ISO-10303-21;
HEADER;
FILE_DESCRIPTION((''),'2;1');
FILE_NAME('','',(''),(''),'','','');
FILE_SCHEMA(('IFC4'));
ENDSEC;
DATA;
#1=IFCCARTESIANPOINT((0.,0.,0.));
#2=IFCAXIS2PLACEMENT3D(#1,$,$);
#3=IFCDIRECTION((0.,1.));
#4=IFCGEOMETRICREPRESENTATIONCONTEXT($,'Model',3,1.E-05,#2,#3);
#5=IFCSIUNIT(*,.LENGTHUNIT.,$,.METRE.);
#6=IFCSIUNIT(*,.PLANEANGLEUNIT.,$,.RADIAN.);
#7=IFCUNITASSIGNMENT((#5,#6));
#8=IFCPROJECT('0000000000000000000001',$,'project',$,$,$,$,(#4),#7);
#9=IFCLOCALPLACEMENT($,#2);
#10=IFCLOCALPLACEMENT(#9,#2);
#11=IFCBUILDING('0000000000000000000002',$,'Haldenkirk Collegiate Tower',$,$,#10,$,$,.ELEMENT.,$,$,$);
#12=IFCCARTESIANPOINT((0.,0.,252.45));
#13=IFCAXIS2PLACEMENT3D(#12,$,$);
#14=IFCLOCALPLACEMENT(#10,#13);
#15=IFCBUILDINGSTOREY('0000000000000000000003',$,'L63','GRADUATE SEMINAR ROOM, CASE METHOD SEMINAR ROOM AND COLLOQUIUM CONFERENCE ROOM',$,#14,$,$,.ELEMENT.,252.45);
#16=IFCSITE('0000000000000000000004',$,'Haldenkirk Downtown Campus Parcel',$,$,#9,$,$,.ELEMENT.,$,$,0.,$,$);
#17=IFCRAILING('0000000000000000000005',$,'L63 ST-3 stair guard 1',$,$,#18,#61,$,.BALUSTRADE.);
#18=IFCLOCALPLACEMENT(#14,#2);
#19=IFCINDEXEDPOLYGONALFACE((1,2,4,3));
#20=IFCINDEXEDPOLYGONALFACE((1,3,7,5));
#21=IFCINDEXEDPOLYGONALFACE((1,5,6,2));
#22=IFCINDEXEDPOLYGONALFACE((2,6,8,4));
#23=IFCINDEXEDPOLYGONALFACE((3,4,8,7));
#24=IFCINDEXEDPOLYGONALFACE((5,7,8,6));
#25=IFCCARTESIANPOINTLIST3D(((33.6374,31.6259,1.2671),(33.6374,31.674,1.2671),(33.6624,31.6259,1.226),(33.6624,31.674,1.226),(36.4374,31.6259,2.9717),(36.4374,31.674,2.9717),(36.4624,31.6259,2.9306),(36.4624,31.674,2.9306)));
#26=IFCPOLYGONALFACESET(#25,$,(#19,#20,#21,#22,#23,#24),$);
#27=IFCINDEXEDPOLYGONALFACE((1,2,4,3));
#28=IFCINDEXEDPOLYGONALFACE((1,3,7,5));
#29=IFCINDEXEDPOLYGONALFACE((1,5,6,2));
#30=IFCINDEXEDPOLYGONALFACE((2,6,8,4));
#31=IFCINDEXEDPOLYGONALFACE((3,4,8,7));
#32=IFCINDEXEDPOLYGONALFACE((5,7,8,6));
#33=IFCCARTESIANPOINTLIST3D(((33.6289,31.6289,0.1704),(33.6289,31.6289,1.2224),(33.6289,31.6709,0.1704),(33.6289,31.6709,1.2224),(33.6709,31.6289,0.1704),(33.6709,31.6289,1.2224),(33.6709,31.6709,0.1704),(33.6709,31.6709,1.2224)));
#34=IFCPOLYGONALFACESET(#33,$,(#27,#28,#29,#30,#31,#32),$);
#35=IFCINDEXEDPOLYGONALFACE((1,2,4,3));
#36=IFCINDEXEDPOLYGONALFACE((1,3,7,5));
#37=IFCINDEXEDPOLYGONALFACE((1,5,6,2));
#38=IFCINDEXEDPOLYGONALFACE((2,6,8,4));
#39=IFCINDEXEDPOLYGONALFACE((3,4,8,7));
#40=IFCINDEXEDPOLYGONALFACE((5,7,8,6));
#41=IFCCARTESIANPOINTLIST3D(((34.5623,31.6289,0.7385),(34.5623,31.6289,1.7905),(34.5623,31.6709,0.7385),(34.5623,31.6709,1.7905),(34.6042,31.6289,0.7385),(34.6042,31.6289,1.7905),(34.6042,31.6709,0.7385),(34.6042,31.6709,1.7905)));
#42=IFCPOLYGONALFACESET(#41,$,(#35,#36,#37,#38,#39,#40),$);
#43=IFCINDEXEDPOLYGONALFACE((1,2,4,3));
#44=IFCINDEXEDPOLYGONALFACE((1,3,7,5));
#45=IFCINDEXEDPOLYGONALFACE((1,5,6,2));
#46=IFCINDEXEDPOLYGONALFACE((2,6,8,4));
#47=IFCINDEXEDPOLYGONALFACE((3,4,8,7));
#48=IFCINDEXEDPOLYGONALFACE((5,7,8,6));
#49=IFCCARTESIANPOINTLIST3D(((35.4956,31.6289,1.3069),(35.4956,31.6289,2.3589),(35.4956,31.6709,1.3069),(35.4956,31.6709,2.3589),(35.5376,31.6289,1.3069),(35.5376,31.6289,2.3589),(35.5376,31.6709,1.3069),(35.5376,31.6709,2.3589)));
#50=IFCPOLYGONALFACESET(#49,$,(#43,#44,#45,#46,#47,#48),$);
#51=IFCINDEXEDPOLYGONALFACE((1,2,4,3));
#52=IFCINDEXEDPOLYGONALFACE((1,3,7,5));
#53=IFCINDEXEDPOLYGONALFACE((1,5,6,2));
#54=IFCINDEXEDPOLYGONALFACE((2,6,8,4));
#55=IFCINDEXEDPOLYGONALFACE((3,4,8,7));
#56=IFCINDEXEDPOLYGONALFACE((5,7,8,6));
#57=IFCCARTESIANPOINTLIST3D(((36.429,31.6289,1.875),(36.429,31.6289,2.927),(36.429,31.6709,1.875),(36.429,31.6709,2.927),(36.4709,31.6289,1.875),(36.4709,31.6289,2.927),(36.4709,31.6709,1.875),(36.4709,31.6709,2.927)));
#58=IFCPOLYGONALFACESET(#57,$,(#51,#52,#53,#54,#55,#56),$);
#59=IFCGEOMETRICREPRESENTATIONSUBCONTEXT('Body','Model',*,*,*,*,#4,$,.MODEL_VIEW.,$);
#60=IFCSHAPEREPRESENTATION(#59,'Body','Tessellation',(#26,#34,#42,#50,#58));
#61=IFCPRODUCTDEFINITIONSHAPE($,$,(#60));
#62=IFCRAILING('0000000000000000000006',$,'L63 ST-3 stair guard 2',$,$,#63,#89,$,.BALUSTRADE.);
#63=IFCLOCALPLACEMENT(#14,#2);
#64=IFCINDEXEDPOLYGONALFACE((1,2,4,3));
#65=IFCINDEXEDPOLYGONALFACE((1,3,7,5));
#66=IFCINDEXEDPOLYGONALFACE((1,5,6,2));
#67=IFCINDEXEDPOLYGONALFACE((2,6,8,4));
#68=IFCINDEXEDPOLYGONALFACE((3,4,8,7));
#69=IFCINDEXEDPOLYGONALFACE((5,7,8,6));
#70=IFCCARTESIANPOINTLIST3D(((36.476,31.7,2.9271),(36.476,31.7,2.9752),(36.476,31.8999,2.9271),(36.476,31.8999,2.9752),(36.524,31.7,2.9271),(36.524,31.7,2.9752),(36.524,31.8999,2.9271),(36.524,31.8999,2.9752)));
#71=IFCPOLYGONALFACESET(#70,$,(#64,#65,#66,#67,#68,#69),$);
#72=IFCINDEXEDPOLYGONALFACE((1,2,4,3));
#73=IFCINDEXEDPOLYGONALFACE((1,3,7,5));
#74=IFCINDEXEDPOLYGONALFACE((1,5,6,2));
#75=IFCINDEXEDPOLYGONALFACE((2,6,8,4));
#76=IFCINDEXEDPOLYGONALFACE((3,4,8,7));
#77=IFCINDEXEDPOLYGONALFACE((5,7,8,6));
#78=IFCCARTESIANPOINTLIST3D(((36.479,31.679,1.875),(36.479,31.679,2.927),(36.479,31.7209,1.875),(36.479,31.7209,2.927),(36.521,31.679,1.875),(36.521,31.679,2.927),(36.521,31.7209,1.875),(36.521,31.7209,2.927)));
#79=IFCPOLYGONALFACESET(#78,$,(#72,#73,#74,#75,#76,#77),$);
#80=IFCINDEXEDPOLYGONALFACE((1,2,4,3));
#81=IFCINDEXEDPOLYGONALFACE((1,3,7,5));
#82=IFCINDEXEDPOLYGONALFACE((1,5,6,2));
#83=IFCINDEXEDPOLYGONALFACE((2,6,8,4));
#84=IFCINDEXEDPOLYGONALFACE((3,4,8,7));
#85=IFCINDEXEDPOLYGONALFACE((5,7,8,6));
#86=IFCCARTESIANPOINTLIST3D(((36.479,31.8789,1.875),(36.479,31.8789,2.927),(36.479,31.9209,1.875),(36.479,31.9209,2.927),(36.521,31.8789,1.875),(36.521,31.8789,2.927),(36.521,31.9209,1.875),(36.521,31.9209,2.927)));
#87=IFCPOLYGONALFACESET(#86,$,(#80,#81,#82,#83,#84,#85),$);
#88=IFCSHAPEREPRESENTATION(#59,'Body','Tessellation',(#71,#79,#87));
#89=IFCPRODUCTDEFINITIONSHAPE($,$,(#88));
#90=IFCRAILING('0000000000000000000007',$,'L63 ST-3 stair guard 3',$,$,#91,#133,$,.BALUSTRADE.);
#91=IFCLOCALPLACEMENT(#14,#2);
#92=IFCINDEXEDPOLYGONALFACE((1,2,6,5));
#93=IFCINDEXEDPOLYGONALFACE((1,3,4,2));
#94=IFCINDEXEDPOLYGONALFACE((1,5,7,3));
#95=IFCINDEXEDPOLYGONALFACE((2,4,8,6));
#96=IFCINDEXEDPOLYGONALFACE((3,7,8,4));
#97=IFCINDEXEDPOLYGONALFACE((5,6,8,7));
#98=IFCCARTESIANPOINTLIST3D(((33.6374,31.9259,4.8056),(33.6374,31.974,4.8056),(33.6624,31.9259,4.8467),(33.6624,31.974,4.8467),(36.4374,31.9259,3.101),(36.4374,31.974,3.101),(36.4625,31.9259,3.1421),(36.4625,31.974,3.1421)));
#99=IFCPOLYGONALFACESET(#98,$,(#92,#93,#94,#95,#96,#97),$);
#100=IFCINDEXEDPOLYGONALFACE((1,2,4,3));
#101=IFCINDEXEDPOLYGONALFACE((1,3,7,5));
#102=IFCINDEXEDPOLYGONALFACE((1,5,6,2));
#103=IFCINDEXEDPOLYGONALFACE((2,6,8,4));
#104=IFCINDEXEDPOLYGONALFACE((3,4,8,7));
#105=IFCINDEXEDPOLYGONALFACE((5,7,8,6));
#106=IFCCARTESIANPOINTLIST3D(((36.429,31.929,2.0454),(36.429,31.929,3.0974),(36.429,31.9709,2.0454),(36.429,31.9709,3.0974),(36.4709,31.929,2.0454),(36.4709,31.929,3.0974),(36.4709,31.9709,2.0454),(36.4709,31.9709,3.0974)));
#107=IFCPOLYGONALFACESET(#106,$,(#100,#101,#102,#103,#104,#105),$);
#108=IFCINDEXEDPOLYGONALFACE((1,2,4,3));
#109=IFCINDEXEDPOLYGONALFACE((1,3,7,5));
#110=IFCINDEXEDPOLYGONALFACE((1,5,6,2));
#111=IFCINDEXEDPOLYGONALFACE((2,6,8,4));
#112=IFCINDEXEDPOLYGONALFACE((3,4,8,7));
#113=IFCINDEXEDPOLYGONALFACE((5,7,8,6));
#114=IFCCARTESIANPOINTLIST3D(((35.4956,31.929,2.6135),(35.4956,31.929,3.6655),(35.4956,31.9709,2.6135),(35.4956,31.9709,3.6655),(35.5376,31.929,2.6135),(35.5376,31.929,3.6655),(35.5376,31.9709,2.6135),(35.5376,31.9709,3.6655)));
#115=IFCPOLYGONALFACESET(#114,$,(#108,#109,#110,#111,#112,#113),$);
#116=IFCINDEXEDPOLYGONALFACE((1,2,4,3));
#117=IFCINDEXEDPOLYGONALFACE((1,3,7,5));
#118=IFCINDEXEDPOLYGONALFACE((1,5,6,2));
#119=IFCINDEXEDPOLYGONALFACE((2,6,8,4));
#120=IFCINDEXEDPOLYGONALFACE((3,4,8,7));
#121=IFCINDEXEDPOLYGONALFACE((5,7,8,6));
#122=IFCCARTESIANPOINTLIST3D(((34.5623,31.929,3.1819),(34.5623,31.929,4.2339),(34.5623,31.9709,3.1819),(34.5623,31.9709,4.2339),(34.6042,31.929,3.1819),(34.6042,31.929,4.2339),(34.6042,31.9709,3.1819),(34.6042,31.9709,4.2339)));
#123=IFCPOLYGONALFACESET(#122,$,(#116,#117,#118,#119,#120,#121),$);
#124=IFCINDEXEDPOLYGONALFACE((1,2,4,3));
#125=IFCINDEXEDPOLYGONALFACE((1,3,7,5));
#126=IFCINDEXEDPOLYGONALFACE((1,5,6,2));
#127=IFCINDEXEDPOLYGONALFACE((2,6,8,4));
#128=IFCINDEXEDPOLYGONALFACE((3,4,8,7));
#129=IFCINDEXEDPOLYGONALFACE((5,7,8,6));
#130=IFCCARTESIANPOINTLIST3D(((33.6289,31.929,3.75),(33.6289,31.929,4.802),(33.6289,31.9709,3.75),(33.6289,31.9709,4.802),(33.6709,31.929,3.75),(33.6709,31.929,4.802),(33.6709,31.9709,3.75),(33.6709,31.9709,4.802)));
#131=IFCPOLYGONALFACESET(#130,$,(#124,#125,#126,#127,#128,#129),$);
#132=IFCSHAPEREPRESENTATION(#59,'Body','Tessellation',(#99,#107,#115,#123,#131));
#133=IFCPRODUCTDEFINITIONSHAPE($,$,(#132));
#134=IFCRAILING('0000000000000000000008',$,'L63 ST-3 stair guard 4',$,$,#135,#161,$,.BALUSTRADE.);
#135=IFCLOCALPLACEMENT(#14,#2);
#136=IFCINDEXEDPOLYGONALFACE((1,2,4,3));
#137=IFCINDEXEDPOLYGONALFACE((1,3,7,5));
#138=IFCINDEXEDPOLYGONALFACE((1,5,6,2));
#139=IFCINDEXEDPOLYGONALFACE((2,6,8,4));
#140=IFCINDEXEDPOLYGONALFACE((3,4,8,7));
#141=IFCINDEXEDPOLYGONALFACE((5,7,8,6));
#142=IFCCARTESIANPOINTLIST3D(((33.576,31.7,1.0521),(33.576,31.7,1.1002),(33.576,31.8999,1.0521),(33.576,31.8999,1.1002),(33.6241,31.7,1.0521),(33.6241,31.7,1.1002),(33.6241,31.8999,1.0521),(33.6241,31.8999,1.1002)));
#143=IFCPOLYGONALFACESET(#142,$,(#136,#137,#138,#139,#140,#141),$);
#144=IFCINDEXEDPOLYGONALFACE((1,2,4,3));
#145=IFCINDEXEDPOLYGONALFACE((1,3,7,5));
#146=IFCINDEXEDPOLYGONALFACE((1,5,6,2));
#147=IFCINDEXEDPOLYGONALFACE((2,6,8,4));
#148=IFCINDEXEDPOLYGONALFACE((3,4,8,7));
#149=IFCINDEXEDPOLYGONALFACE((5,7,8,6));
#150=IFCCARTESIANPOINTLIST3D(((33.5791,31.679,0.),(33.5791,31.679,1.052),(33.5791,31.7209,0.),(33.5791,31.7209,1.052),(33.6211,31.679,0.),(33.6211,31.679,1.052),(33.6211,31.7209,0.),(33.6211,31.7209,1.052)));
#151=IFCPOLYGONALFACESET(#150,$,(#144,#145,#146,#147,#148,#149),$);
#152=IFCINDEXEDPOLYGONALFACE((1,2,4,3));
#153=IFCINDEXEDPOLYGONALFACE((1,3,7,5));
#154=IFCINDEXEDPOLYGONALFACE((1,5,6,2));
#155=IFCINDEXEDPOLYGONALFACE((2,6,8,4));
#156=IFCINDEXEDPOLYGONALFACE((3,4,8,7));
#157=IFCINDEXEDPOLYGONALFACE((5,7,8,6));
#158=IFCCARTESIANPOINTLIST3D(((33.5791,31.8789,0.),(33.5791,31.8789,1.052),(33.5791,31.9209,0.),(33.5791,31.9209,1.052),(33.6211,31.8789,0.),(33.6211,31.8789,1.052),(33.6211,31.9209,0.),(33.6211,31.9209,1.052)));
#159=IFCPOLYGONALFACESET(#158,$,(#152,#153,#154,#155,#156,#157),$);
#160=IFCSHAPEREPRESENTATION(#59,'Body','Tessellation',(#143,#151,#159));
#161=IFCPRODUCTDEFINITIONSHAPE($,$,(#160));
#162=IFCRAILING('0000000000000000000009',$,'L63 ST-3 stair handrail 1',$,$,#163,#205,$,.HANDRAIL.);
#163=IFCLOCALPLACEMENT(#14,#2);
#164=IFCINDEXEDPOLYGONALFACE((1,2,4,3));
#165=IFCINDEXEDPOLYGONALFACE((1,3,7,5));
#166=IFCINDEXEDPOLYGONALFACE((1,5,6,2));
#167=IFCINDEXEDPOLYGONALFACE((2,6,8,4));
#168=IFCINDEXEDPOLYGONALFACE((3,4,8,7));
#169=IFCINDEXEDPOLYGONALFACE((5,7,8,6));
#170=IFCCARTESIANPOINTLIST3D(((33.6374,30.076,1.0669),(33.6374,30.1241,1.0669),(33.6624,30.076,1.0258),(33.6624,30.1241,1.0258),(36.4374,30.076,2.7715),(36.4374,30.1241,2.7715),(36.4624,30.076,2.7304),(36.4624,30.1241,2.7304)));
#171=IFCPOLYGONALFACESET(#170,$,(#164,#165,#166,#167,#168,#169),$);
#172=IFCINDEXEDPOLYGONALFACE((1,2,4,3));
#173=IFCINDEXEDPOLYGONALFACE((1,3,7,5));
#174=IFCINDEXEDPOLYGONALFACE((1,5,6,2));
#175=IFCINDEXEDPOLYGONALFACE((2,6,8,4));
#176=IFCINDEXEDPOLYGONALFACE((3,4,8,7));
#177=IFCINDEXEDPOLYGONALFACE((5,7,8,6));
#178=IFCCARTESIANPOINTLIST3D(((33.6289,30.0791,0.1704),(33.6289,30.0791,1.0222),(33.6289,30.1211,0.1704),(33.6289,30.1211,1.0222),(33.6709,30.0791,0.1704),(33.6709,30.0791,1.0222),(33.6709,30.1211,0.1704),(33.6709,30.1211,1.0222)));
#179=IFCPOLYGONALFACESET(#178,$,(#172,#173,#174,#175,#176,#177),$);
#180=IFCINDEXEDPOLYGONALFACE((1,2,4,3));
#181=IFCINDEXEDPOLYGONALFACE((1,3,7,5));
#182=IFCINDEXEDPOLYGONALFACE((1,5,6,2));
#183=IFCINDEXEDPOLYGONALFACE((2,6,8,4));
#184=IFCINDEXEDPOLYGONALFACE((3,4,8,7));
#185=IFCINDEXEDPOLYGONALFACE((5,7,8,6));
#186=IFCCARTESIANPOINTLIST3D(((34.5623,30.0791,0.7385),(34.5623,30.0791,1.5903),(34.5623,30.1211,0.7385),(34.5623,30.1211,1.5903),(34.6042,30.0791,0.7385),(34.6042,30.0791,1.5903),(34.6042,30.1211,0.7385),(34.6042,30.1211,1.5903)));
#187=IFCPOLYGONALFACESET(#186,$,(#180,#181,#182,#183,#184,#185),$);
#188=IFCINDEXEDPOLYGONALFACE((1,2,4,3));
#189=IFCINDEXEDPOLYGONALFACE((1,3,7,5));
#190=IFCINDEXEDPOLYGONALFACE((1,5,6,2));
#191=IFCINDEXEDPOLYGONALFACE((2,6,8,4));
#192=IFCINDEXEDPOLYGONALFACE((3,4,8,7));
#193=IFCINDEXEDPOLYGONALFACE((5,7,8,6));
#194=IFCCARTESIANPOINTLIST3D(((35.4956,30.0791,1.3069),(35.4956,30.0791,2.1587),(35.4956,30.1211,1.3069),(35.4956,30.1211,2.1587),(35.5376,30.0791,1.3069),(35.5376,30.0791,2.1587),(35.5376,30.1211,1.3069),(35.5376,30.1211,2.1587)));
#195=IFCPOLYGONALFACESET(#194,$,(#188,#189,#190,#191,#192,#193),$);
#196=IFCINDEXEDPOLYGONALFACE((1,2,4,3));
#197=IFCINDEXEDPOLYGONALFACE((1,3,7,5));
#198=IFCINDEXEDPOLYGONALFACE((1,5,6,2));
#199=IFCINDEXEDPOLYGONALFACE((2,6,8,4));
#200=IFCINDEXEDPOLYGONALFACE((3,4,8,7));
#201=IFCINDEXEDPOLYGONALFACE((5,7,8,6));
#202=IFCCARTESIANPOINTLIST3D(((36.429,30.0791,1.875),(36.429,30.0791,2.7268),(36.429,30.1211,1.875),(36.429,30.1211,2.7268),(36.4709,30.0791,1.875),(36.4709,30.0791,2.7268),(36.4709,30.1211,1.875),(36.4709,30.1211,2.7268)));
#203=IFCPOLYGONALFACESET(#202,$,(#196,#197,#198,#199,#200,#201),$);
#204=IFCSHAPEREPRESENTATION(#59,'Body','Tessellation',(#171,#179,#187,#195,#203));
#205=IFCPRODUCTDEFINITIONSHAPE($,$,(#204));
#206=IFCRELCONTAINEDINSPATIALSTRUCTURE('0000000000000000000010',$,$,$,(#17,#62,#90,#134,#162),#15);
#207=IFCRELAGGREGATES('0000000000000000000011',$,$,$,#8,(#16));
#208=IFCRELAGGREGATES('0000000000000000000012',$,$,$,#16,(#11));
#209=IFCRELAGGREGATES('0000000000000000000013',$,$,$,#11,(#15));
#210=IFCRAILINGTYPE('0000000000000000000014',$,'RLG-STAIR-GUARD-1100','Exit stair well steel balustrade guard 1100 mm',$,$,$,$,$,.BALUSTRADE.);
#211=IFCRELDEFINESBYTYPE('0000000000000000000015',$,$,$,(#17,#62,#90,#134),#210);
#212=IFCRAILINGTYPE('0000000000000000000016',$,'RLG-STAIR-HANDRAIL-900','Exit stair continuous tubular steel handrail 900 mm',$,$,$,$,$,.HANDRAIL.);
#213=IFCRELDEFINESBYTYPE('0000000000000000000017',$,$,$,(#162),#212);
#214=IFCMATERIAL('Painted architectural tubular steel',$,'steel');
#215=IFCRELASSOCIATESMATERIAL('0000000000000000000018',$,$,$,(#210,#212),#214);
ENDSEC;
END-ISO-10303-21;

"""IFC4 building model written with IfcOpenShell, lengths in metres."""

from ifc_helpers import new_model, si_unit, direction, frame, origin, origin_2d, place, context, subcontext, project, spatial, rectangle, extrude, material, type_object, element, save


model = new_model("IFC4")

# Units and contexts
model_context = context("Model", 3, precision=1e-05, world=origin(), true_north=direction((0.0, 1.0)))
body_context = subcontext(model_context, "Body", "Model", "MODEL_VIEW")
ifc_project = project(units=[si_unit("LENGTHUNIT", "METRE"), si_unit("PLANEANGLEUNIT", "RADIAN")], contexts=[model_context])

# Site, building, storey
site_placement = place(None, origin())
site = spatial("IfcSite", under=ifc_project, at=site_placement, Name="Haldenkirk Downtown Campus Parcel", CompositionType="ELEMENT", RefElevation=0.0)
building_placement = place(site_placement, origin())
building = spatial("IfcBuilding", under=site, at=building_placement, Name="Haldenkirk Collegiate Tower", CompositionType="ELEMENT")
storey_placement = place(building_placement, frame((0.0, 0.0, 252.45)))
storey = spatial("IfcBuildingStorey", under=building, at=storey_placement, Name="L63", Description="GRADUATE SEMINAR ROOM, CASE METHOD SEMINAR ROOM AND COLLOQUIUM CONFERENCE ROOM", CompositionType="ELEMENT", Elevation=252.45)

# Railings
ifc_material_1 = material(Name="Painted architectural tubular steel", Category="steel")
railing_type_1 = type_object("IfcRailingType", Name="RLG-STAIR-GUARD-1100", Description="Exit stair well steel balustrade guard 1100 mm", PredefinedType="BALUSTRADE", material=ifc_material_1)
railing_1_placement = place(storey_placement, frame((33.6499, 31.6499, 0.1704)))
element("IfcRailing", 1, at=railing_1_placement, inside=storey, type_object=railing_type_1, Name="L63 ST-3 stair guard 1", PredefinedType="BALUSTRADE", context=body_context, shape_type="SweptSolid", body=[
    extrude(rectangle(XDim=0.0481, YDim=0.0481, at=origin_2d()), frame((0.0, 0.0, 1.0762), z_axis=(0.85417, 0.0, 0.519994), x_axis=(0.0, 1.0, 0.0)), (0.0, 0.0, 1.0), 3.2781),
    extrude(rectangle(XDim=0.042, YDim=0.042, at=origin_2d()), origin(), (0.0, 0.0, 1.0), 1.052),
    extrude(rectangle(XDim=0.042, YDim=0.042, at=origin_2d()), frame((0.9333, 0.0, 0.5681)), (0.0, 0.0, 1.0), 1.052),
    extrude(rectangle(XDim=0.042, YDim=0.042, at=origin_2d()), frame((1.8667, 0.0, 1.1365)), (0.0, 0.0, 1.0), 1.052),
    extrude(rectangle(XDim=0.042, YDim=0.042, at=origin_2d()), frame((2.8, 0.0, 1.7046)), (0.0, 0.0, 1.0), 1.052),
])
railing_2_placement = place(storey_placement, frame((36.5, 31.7, 1.875)))
element("IfcRailing", 2, at=railing_2_placement, inside=storey, type_object=railing_type_1, Name="L63 ST-3 stair guard 2", PredefinedType="BALUSTRADE", context=body_context, shape_type="SweptSolid", body=[
    extrude(rectangle(XDim=0.0481, YDim=0.0481, at=origin_2d()), frame((0.0, 0.0, 1.0762), z_axis=(0.0, 1.0, 0.0), x_axis=(-1.0, 0.0, 0.0)), (0.0, 0.0, 1.0), 0.2),
    extrude(rectangle(XDim=0.042, YDim=0.042, at=origin_2d()), origin(), (0.0, 0.0, 1.0), 1.052),
    extrude(rectangle(XDim=0.042, YDim=0.042, at=origin_2d()), frame((0.0, 0.2, 0.0)), (0.0, 0.0, 1.0), 1.052),
])
railing_3_placement = place(storey_placement, frame((36.45, 31.95, 2.0454)))
element("IfcRailing", 3, at=railing_3_placement, inside=storey, type_object=railing_type_1, Name="L63 ST-3 stair guard 3", PredefinedType="BALUSTRADE", context=body_context, shape_type="SweptSolid", body=[
    extrude(rectangle(XDim=0.0481, YDim=0.0481, at=origin_2d()), frame((0.0, 0.0, 1.0762), z_axis=(-0.85417, 0.0, 0.519994), x_axis=(0.0, -1.0, 0.0)), (0.0, 0.0, 1.0), 3.2781),
    extrude(rectangle(XDim=0.042, YDim=0.042, at=origin_2d()), origin(), (0.0, 0.0, 1.0), 1.052),
    extrude(rectangle(XDim=0.042, YDim=0.042, at=origin_2d()), frame((-0.9333, 0.0, 0.5681)), (0.0, 0.0, 1.0), 1.052),
    extrude(rectangle(XDim=0.042, YDim=0.042, at=origin_2d()), frame((-1.8667, 0.0, 1.1365)), (0.0, 0.0, 1.0), 1.052),
    extrude(rectangle(XDim=0.042, YDim=0.042, at=origin_2d()), frame((-2.8, 0.0, 1.7046)), (0.0, 0.0, 1.0), 1.052),
])
railing_4_placement = place(storey_placement, frame((33.6001, 31.7, 0.0)))
element("IfcRailing", 4, at=railing_4_placement, inside=storey, type_object=railing_type_1, Name="L63 ST-3 stair guard 4", PredefinedType="BALUSTRADE", context=body_context, shape_type="SweptSolid", body=[
    extrude(rectangle(XDim=0.0481, YDim=0.0481, at=origin_2d()), frame((0.0, 0.0, 1.0762), z_axis=(0.0, 1.0, 0.0), x_axis=(-1.0, 0.0, 0.0)), (0.0, 0.0, 1.0), 0.2),
    extrude(rectangle(XDim=0.042, YDim=0.042, at=origin_2d()), origin(), (0.0, 0.0, 1.0), 1.052),
    extrude(rectangle(XDim=0.042, YDim=0.042, at=origin_2d()), frame((0.0, 0.2, 0.0)), (0.0, 0.0, 1.0), 1.052),
])
railing_type_2 = type_object("IfcRailingType", Name="RLG-STAIR-HANDRAIL-900", Description="Exit stair continuous tubular steel handrail 900 mm", PredefinedType="HANDRAIL", material=ifc_material_1)
railing_5_placement = place(storey_placement, frame((33.6499, 30.1001, 0.1704)))
element("IfcRailing", 5, at=railing_5_placement, inside=storey, type_object=railing_type_2, Name="L63 ST-3 stair handrail 1", PredefinedType="HANDRAIL", context=body_context, shape_type="SweptSolid", body=[
    extrude(rectangle(XDim=0.0481, YDim=0.0481, at=origin_2d()), frame((0.0, 0.0, 0.876), z_axis=(0.85417, 0.0, 0.519994), x_axis=(0.0, 1.0, 0.0)), (0.0, 0.0, 1.0), 3.2781),
    extrude(rectangle(XDim=0.042, YDim=0.042, at=origin_2d()), origin(), (0.0, 0.0, 1.0), 0.8518),
    extrude(rectangle(XDim=0.042, YDim=0.042, at=origin_2d()), frame((0.9333, 0.0, 0.5681)), (0.0, 0.0, 1.0), 0.8518),
    extrude(rectangle(XDim=0.042, YDim=0.042, at=origin_2d()), frame((1.8667, 0.0, 1.1365)), (0.0, 0.0, 1.0), 0.8518),
    extrude(rectangle(XDim=0.042, YDim=0.042, at=origin_2d()), frame((2.8, 0.0, 1.7046)), (0.0, 0.0, 1.0), 0.8518),
])

save(model, "model.ifc")
